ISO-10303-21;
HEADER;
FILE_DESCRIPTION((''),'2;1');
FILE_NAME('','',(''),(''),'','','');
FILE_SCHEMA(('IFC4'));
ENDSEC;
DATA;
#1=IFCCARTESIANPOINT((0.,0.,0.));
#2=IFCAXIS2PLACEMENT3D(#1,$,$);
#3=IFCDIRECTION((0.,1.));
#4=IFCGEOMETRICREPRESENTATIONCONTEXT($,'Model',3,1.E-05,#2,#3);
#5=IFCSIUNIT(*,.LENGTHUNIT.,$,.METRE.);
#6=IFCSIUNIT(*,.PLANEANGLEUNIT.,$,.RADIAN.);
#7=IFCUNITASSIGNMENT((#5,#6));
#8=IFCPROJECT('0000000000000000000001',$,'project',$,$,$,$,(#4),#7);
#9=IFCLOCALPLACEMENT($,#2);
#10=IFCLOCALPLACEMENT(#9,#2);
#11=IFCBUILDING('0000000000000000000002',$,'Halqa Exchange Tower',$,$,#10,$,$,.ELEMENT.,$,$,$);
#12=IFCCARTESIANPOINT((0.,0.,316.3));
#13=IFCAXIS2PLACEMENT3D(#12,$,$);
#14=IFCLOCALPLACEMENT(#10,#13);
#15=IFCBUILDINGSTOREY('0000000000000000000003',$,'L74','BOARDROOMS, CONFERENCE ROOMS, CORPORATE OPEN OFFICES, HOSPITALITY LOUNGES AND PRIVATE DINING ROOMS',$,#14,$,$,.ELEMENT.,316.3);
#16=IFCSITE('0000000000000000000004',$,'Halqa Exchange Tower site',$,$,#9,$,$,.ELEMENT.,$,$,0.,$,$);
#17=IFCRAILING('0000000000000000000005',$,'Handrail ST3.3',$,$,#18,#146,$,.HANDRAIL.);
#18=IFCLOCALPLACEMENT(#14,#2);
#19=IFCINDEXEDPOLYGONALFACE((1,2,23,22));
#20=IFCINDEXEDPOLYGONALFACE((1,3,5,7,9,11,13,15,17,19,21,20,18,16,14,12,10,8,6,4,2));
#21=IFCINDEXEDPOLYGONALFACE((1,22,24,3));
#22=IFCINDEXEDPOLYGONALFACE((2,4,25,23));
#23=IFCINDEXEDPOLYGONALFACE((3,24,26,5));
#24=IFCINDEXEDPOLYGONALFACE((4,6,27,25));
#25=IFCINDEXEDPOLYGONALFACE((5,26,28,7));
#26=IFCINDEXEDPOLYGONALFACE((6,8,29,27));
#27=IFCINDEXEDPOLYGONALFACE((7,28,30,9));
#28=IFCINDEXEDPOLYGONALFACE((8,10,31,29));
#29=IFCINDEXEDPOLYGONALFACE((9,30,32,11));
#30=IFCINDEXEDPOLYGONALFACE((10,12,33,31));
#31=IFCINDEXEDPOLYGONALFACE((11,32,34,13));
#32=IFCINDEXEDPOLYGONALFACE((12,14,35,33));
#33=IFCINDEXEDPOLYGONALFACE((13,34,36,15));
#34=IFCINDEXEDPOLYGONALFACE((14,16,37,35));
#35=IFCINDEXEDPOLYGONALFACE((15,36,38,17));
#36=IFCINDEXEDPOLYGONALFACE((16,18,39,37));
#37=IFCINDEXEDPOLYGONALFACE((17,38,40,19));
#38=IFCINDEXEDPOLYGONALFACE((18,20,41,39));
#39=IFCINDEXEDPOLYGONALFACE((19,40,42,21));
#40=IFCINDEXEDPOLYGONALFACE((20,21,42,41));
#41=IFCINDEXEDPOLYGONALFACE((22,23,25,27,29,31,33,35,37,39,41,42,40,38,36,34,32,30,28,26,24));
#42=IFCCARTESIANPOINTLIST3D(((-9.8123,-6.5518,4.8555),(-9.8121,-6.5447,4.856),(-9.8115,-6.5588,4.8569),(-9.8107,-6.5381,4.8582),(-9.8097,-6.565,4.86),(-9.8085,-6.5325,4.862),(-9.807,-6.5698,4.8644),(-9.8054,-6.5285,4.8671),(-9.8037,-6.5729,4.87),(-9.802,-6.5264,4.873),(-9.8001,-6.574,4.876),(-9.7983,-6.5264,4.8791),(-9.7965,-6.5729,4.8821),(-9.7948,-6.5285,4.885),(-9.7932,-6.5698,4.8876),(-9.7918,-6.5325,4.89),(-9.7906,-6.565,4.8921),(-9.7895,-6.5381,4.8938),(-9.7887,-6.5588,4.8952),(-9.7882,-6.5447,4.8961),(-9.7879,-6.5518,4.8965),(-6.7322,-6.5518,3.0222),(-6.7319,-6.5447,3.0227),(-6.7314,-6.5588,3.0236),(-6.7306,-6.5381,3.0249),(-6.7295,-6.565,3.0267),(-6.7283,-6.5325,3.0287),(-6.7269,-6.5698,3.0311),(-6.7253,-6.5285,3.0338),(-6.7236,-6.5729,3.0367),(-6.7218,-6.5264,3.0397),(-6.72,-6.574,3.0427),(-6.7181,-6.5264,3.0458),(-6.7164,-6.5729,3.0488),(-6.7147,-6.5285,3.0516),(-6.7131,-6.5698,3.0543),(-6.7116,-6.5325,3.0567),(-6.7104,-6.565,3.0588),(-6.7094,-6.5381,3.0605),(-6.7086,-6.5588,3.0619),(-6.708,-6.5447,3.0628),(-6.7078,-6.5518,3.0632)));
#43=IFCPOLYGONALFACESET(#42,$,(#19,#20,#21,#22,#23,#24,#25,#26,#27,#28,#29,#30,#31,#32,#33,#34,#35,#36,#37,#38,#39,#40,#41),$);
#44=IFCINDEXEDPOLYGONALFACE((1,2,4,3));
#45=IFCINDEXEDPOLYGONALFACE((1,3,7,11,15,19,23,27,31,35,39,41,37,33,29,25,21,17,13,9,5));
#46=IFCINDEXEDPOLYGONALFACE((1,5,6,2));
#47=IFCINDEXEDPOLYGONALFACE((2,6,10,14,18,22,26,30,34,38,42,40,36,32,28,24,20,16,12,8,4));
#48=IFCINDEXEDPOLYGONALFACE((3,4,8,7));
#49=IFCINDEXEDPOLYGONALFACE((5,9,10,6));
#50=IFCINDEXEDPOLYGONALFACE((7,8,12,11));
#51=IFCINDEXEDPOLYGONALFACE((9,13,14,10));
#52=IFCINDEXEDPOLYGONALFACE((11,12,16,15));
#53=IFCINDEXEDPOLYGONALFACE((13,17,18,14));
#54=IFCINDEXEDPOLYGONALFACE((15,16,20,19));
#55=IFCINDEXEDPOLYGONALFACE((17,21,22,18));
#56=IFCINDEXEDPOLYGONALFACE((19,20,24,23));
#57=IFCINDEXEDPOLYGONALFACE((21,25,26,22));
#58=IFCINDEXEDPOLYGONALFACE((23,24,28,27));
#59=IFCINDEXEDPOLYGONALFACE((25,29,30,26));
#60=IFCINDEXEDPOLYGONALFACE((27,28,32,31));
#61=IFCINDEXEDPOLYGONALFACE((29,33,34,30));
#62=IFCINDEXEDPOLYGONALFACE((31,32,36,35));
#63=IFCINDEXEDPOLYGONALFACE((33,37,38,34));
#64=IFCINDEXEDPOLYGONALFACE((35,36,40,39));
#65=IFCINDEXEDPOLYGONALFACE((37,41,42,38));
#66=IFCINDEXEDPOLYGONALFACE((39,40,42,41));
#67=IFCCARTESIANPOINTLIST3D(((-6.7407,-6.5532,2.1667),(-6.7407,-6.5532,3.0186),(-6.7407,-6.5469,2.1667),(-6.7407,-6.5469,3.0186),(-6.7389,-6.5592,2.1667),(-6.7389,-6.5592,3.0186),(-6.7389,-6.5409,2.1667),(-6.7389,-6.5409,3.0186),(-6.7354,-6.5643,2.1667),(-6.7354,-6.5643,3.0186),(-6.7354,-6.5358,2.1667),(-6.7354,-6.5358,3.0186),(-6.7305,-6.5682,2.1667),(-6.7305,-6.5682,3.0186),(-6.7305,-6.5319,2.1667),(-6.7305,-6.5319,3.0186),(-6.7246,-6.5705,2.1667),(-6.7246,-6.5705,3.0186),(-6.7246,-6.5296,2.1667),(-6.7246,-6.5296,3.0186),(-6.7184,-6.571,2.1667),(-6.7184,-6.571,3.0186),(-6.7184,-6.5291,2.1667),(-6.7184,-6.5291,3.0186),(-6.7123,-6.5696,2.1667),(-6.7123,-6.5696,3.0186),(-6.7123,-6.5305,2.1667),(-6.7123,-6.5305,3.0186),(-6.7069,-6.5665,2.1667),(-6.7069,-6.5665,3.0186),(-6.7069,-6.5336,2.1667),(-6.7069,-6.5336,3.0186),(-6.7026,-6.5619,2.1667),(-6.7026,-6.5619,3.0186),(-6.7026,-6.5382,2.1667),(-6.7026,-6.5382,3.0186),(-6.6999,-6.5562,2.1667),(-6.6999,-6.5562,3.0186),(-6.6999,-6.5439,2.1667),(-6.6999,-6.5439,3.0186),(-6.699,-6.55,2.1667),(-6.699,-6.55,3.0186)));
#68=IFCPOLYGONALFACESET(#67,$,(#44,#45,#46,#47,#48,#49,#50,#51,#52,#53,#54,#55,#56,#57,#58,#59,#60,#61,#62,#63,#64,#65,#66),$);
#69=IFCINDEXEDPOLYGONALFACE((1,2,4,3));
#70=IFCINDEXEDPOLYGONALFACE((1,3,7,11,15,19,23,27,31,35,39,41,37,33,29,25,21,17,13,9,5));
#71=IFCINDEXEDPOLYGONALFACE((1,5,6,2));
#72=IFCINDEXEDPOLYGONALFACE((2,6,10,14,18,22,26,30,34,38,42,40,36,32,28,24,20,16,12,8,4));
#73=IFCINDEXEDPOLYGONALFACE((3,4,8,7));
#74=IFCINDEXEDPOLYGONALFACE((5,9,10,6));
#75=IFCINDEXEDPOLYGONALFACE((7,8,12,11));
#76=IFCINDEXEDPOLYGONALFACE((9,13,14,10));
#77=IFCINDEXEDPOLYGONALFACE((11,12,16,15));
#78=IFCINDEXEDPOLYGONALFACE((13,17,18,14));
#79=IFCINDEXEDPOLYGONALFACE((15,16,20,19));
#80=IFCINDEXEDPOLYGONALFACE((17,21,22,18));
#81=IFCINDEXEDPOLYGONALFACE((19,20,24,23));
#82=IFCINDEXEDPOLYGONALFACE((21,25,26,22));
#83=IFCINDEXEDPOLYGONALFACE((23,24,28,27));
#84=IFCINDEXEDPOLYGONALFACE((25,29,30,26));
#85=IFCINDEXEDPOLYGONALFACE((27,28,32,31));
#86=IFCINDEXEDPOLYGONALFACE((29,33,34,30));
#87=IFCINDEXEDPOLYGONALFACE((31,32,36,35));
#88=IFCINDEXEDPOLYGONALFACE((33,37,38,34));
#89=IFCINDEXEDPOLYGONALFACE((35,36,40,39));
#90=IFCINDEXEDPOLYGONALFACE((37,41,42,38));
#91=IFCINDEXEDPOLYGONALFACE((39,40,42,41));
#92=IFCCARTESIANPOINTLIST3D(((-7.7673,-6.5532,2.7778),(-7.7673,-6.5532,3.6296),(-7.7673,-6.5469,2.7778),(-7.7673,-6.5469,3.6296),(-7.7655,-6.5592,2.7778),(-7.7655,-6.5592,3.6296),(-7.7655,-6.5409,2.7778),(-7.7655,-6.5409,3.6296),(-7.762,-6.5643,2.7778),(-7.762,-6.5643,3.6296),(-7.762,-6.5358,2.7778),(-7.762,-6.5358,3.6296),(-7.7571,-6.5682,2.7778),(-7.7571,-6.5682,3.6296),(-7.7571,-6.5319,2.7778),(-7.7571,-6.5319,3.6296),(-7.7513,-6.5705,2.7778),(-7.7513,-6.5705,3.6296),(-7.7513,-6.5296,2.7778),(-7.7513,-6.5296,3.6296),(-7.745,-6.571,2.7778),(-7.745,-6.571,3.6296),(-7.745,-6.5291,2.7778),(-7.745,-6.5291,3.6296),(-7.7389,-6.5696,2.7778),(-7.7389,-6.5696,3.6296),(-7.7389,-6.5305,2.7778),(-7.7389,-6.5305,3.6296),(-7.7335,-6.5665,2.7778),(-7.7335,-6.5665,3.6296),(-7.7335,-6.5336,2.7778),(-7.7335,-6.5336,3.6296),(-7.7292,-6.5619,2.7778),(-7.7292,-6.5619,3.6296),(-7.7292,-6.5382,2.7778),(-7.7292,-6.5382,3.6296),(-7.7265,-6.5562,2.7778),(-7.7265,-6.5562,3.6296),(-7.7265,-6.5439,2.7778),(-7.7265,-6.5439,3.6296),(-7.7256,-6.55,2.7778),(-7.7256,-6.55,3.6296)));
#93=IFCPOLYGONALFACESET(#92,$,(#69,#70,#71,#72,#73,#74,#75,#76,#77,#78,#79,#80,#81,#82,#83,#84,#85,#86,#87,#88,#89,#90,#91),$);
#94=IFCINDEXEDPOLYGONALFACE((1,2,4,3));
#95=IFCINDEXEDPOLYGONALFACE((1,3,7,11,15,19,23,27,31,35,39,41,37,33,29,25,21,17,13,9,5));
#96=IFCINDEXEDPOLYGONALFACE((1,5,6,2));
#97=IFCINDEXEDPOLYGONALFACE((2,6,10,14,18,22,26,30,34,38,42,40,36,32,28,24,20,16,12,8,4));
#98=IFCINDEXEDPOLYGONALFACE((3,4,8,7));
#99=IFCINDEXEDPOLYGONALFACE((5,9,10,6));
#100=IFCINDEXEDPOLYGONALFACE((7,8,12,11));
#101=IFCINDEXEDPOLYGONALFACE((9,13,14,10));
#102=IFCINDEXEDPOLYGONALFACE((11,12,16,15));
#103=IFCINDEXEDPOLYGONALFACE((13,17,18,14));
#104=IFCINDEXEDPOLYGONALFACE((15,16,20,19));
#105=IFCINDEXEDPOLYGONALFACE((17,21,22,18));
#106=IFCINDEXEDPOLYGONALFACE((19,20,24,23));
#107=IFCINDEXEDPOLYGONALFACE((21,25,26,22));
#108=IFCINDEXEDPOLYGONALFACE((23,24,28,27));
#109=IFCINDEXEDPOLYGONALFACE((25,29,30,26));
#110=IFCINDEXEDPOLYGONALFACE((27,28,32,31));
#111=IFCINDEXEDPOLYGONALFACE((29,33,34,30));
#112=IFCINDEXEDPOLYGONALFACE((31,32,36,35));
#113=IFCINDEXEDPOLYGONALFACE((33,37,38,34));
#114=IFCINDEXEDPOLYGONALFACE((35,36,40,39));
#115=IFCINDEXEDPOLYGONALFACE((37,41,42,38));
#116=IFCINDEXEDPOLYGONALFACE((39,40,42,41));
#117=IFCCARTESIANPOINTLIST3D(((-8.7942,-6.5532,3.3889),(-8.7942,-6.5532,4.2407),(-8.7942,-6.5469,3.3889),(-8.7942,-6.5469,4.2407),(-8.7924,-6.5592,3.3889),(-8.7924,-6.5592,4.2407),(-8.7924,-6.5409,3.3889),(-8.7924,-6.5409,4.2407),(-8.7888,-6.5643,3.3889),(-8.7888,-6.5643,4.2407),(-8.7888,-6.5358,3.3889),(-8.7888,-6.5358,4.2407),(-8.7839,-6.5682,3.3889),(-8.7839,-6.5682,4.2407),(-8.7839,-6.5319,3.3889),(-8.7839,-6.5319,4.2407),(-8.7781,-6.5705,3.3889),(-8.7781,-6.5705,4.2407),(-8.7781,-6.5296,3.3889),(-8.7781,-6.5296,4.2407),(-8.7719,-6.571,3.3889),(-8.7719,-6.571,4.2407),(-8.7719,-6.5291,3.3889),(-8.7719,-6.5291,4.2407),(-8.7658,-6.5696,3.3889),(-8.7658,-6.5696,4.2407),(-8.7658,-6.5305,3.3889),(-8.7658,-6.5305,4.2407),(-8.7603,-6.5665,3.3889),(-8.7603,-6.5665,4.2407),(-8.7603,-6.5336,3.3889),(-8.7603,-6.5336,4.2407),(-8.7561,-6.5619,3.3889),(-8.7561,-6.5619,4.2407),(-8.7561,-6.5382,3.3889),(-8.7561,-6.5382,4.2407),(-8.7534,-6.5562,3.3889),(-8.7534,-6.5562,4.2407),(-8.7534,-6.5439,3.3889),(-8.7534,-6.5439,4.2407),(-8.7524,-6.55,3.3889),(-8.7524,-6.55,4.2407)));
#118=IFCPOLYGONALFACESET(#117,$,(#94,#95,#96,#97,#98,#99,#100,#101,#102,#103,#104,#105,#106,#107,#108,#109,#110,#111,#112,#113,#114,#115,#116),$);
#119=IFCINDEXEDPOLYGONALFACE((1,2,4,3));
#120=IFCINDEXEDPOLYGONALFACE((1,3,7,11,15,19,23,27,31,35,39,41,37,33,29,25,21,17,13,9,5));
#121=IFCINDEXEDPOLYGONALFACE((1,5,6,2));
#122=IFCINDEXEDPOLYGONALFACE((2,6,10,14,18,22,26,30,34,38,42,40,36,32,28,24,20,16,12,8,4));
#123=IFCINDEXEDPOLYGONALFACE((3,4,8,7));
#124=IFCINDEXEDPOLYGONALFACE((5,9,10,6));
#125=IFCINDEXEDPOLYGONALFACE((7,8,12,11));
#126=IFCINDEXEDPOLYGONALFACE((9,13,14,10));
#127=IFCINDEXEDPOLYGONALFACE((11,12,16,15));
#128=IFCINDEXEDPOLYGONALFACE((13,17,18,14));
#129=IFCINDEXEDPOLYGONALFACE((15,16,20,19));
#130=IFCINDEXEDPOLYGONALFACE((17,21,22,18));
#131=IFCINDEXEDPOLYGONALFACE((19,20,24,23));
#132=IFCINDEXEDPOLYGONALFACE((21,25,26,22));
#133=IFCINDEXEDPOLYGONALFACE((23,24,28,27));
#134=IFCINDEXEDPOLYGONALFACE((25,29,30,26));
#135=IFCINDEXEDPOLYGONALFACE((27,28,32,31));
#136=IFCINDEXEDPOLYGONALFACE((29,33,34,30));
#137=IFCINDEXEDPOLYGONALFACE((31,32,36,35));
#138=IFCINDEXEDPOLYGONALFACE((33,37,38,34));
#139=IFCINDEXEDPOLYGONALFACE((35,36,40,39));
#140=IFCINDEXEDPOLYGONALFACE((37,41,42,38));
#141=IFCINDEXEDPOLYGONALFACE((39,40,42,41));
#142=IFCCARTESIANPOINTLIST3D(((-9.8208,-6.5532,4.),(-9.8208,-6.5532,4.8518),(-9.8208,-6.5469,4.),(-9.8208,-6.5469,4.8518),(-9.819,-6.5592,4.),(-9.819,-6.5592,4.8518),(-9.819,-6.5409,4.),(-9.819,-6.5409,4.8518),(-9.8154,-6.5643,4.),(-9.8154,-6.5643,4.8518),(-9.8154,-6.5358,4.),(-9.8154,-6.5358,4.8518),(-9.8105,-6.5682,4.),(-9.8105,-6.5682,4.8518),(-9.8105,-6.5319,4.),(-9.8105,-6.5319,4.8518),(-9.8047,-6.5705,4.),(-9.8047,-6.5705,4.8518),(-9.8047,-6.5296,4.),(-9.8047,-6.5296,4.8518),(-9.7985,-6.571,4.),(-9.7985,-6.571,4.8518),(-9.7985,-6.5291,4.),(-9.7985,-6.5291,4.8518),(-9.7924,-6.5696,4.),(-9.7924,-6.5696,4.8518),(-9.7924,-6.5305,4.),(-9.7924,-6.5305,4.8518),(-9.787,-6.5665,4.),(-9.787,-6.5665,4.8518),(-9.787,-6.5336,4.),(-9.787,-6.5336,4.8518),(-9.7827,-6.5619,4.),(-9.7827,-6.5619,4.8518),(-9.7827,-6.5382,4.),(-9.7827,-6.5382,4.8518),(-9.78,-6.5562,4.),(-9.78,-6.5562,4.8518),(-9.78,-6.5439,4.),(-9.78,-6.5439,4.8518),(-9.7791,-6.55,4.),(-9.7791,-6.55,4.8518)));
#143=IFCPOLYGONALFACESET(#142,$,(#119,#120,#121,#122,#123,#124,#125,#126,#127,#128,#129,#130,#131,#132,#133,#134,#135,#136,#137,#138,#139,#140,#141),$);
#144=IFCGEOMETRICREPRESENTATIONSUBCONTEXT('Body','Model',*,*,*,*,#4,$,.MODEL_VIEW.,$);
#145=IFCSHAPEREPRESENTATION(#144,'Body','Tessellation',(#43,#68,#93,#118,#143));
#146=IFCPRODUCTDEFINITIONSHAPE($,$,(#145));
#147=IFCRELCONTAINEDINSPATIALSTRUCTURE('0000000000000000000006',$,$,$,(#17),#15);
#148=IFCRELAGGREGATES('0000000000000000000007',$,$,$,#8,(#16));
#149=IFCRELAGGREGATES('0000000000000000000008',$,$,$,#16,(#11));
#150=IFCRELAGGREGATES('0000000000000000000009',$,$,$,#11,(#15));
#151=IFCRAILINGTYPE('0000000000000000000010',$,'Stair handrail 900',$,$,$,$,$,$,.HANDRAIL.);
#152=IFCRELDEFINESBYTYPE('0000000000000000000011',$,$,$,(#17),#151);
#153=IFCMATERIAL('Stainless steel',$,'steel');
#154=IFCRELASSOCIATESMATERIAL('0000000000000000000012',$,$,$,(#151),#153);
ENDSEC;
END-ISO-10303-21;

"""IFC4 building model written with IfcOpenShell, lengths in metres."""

from ifc_helpers import new_model, si_unit, direction, frame, origin, origin_2d, place, context, subcontext, project, spatial, circle, extrude, material, type_object, element, save


model = new_model("IFC4")

# Units and contexts
model_context = context("Model", 3, precision=1e-05, world=origin(), true_north=direction((0.0, 1.0)))
body_context = subcontext(model_context, "Body", "Model", "MODEL_VIEW")
ifc_project = project(units=[si_unit("LENGTHUNIT", "METRE"), si_unit("PLANEANGLEUNIT", "RADIAN")], contexts=[model_context])

# Site, building, storey
site_placement = place(None, origin())
site = spatial("IfcSite", under=ifc_project, at=site_placement, Name="Halqa Exchange Tower site", CompositionType="ELEMENT", RefElevation=0.0)
building_placement = place(site_placement, origin())
building = spatial("IfcBuilding", under=site, at=building_placement, Name="Halqa Exchange Tower", CompositionType="ELEMENT")
storey_placement = place(building_placement, frame((0.0, 0.0, 316.3)))
storey = spatial("IfcBuildingStorey", under=building, at=storey_placement, Name="L74", Description="BOARDROOMS, CONFERENCE ROOMS, CORPORATE OPEN OFFICES, HOSPITALITY LOUNGES AND PRIVATE DINING ROOMS", CompositionType="ELEMENT", Elevation=316.3)

# Shared definitions
ifc_material_1 = material(Name="Stainless steel", Category="steel")

# Railing
railing_type_1 = type_object("IfcRailingType", Name="Stair handrail 900", PredefinedType="HANDRAIL", material=ifc_material_1)
railing_1_placement = place(storey_placement, frame((-6.72, -6.55, 2.1667)))
element("IfcRailing", 1, at=railing_1_placement, inside=storey, type_object=railing_type_1, Name="Handrail ST3.3", PredefinedType="HANDRAIL", context=body_context, shape_type="SweptSolid", body=[
    extrude(circle(Radius=0.0239, at=origin_2d()), frame((0.0, 0.0, 0.876), z_axis=(-0.859309, 0.0, 0.511458), x_axis=(0.0, -1.0, 0.0)), (0.0, 0.0, 1.0), 3.5845),
    extrude(circle(Radius=0.021, at=origin_2d()), origin(), (0.0, 0.0, 1.0), 0.8518),
    extrude(circle(Radius=0.021, at=origin_2d()), frame((-1.0266, 0.0, 0.6111)), (0.0, 0.0, 1.0), 0.8518),
    extrude(circle(Radius=0.021, at=origin_2d()), frame((-2.0535, 0.0, 1.2222)), (0.0, 0.0, 1.0), 0.8518),
    extrude(circle(Radius=0.021, at=origin_2d()), frame((-3.0801, 0.0, 1.8333)), (0.0, 0.0, 1.0), 0.8518),
])

save(model, "model.ifc")
